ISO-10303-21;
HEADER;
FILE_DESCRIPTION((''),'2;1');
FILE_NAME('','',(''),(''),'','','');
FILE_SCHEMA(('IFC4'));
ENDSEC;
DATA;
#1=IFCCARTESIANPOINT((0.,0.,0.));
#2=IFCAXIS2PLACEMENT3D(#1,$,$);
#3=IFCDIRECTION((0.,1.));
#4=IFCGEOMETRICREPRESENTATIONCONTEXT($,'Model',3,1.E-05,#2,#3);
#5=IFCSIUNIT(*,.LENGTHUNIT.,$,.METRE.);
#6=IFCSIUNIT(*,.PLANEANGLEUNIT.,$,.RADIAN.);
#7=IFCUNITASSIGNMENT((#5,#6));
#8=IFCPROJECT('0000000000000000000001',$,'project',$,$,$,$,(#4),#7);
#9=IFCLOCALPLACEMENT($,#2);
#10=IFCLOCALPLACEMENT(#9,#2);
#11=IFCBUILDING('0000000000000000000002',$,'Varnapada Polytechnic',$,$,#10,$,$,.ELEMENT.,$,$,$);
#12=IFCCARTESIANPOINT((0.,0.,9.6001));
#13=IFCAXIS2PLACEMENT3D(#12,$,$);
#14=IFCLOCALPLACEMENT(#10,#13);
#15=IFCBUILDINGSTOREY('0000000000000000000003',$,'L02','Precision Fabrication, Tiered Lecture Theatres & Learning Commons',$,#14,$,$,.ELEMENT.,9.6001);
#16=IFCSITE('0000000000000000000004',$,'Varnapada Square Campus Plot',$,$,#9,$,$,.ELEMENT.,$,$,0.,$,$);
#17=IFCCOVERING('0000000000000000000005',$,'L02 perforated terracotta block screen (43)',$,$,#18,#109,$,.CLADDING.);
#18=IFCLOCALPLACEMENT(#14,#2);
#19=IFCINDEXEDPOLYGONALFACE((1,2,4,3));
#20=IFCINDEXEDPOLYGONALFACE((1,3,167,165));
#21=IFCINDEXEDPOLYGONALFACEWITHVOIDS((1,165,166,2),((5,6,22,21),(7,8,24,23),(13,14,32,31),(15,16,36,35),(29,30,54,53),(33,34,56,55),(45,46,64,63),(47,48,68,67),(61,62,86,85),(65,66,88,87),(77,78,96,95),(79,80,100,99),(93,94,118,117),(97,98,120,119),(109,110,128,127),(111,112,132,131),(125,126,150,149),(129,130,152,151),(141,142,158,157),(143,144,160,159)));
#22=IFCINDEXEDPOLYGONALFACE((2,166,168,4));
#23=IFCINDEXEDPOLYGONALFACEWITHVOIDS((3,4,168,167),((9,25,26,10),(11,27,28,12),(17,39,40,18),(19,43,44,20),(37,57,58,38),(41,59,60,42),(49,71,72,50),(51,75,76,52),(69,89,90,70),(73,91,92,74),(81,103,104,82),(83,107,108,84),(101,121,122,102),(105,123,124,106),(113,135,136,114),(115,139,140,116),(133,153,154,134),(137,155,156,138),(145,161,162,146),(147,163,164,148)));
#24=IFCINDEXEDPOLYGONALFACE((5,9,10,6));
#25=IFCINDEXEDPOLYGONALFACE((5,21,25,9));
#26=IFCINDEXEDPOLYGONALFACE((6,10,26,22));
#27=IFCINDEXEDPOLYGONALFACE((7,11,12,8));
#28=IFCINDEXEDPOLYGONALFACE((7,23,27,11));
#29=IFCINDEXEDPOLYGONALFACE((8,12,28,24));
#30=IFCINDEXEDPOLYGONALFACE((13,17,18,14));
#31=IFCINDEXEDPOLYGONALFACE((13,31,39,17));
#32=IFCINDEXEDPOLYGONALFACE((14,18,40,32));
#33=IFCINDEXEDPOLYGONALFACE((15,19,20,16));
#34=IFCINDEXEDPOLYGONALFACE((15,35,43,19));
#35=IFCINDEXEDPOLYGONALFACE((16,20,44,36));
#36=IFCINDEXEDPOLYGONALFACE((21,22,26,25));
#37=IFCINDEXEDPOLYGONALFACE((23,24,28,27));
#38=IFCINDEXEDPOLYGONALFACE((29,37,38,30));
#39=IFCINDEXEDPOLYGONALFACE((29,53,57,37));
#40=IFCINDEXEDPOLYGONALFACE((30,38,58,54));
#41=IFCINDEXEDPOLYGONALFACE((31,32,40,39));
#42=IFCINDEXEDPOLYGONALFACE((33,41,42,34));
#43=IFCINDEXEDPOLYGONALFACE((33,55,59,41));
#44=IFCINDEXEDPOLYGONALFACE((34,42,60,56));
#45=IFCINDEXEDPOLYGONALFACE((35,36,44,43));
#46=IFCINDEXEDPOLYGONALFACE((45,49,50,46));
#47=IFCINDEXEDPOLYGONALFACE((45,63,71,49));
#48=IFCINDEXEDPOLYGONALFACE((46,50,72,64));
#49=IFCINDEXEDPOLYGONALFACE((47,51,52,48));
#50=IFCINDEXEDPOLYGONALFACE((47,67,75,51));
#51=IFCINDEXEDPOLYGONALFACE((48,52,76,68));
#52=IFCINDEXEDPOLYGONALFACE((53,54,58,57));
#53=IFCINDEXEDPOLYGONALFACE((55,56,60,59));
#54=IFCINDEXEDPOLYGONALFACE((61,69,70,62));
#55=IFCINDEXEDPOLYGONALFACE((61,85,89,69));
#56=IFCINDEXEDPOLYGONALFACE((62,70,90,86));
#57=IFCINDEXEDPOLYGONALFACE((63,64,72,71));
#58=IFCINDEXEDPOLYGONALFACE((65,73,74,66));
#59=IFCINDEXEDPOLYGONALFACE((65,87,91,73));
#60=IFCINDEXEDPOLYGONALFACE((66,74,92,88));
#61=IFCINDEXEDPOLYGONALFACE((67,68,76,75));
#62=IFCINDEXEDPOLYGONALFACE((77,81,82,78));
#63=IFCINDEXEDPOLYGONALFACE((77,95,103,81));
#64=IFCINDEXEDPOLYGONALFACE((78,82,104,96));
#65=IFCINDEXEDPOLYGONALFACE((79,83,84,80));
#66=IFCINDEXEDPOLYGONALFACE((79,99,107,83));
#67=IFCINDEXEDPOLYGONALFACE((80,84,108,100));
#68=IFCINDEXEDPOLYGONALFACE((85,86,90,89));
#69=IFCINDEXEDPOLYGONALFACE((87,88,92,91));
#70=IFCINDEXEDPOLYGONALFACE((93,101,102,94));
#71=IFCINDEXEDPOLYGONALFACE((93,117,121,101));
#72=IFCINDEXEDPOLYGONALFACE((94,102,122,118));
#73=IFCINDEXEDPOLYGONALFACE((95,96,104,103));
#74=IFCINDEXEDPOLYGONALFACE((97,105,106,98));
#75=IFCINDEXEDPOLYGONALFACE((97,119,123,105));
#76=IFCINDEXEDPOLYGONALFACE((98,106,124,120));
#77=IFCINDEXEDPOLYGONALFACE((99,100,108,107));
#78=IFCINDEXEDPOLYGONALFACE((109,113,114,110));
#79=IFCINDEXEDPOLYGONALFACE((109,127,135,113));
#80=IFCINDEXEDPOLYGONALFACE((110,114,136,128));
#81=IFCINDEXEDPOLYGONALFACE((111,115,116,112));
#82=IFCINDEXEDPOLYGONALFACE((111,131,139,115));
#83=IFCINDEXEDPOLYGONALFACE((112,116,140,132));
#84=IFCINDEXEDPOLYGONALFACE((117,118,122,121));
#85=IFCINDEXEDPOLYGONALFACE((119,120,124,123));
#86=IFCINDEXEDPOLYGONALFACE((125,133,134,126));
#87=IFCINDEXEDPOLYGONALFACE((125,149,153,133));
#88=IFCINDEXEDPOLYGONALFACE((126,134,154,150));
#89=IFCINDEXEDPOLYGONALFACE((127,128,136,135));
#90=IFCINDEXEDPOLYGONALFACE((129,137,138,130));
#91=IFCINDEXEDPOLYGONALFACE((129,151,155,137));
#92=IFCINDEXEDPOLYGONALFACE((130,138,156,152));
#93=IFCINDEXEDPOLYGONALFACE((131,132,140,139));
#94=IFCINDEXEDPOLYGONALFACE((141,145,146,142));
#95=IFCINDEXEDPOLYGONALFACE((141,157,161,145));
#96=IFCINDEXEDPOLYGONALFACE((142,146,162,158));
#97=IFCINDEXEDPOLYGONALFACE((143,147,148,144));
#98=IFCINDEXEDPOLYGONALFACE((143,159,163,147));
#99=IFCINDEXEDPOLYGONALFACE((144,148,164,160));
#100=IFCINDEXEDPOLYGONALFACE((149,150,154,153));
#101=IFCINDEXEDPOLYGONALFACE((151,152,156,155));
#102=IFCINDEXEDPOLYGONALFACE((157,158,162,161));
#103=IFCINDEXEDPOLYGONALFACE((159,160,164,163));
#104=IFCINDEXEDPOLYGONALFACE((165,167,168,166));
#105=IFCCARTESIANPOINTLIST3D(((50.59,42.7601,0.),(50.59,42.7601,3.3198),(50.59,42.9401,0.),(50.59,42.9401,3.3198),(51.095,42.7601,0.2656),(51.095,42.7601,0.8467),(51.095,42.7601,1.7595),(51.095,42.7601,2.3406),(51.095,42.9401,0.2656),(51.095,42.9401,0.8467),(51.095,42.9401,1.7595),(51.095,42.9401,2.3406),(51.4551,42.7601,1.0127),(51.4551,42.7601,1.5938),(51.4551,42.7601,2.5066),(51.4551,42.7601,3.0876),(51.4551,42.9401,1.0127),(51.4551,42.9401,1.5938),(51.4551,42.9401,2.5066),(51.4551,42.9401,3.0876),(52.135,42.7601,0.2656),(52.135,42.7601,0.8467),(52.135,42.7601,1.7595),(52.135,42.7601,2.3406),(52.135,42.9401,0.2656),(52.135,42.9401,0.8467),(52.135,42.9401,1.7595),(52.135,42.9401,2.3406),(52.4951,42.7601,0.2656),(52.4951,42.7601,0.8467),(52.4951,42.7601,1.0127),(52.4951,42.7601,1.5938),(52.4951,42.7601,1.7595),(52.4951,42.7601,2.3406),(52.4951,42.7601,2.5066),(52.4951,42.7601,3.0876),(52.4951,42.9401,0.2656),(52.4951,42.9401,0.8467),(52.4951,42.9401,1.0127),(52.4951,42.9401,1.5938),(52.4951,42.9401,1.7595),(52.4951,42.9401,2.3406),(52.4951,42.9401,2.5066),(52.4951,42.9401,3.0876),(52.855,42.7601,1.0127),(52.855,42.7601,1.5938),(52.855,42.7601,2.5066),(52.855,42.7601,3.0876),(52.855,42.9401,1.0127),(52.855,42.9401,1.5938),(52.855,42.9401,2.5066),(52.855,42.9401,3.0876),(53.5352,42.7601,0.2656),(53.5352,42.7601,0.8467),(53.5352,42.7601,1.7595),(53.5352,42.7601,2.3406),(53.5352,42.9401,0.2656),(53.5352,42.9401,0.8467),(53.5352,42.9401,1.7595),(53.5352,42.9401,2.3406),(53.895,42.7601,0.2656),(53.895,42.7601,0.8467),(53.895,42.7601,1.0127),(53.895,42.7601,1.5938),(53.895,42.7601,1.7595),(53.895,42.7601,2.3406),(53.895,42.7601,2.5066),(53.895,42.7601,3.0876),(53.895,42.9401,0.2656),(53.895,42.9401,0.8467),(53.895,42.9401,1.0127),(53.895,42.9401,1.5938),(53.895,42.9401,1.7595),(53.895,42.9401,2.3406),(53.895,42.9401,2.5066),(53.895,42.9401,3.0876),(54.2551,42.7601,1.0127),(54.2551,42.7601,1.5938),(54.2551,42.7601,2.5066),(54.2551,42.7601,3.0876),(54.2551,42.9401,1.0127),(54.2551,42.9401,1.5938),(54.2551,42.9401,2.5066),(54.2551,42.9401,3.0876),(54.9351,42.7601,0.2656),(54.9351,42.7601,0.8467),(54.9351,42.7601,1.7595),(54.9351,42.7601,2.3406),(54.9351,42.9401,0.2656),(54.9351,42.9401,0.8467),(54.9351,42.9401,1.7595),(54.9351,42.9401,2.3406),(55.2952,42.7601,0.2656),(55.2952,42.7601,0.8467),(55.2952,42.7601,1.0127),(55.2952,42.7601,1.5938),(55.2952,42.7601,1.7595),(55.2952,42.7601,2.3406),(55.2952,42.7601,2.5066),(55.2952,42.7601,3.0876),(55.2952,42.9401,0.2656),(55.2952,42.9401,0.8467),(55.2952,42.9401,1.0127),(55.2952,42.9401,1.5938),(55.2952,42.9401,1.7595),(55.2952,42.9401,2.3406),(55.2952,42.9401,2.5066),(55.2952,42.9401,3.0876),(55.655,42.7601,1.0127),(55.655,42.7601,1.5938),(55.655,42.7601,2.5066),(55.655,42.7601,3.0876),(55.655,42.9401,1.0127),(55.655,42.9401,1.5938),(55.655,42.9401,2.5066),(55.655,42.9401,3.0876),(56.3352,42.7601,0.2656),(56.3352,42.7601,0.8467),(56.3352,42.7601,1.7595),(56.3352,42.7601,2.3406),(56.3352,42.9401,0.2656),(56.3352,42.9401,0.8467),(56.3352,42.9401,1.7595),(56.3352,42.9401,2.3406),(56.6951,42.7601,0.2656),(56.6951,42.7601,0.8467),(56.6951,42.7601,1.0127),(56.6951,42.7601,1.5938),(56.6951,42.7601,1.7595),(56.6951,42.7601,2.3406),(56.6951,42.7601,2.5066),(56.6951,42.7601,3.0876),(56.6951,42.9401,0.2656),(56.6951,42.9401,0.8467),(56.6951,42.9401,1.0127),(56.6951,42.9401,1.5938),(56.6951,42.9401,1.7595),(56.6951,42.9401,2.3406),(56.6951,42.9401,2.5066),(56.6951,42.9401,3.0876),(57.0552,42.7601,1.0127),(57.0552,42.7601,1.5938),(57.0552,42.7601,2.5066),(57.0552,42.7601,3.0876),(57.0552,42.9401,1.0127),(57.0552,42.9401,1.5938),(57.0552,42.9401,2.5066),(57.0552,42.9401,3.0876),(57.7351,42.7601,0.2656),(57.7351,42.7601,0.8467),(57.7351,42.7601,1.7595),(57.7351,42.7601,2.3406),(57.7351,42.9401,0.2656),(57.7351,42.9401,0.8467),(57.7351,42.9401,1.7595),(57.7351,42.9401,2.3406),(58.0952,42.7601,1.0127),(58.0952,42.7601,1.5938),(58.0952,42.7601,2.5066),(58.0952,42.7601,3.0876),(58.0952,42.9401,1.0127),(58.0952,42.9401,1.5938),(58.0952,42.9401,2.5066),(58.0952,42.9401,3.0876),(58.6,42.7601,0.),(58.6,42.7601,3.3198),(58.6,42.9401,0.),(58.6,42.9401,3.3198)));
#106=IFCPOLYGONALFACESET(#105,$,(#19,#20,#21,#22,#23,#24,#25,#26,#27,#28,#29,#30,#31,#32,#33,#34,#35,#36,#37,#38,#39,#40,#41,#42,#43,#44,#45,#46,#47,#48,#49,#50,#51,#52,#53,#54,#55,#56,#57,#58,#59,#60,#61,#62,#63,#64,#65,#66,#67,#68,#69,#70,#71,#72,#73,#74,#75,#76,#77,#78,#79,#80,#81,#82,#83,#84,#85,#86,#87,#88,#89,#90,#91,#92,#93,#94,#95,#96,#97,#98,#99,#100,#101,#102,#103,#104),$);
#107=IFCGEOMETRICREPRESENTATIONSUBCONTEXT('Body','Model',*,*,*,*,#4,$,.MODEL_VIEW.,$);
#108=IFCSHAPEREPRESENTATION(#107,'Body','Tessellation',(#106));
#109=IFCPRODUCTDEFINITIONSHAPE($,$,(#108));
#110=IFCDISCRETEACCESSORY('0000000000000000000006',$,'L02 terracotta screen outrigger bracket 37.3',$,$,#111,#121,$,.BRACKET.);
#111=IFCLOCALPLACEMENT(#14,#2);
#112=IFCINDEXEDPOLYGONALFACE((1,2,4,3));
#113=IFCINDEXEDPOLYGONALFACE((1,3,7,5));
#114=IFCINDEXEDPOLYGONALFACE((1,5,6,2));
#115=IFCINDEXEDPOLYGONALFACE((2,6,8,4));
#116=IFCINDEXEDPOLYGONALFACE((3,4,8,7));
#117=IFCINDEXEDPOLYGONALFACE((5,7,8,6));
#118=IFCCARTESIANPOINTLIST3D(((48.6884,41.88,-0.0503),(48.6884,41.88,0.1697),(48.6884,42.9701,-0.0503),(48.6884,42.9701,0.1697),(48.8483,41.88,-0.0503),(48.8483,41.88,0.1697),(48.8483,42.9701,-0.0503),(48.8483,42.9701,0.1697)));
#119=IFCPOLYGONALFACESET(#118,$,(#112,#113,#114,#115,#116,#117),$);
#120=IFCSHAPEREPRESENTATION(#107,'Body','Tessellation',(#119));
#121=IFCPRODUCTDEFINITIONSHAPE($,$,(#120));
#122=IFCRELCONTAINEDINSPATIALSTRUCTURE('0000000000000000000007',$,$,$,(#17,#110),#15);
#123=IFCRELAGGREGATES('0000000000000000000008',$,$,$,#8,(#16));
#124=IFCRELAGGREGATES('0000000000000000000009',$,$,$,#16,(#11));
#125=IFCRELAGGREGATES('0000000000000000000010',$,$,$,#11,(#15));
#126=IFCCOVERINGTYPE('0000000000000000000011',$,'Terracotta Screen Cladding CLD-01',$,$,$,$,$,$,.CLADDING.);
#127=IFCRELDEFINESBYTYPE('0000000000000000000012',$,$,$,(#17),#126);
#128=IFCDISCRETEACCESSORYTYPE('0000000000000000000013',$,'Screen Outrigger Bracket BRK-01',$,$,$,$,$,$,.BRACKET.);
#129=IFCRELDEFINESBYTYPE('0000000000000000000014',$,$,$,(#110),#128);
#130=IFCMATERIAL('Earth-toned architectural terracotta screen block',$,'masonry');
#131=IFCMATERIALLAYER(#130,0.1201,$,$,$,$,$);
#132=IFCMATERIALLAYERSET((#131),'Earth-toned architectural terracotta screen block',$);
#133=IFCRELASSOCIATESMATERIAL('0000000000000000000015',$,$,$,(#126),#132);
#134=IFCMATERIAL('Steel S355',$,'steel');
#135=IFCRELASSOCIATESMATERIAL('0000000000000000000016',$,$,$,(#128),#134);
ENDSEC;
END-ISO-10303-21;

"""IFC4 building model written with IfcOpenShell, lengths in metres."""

from ifc_helpers import new_model, si_unit, direction, frame, frame_2d, origin, origin_2d, place, context, subcontext, project, spatial, rectangle, extrude, material, layer, layer_set, type_object, element, save


model = new_model("IFC4")

# Units and contexts
model_context = context("Model", 3, precision=1e-05, world=origin(), true_north=direction((0.0, 1.0)))
body_context = subcontext(model_context, "Body", "Model", "MODEL_VIEW")
ifc_project = project(units=[si_unit("LENGTHUNIT", "METRE"), si_unit("PLANEANGLEUNIT", "RADIAN")], contexts=[model_context])

# Site, building, storey
site_placement = place(None, origin())
site = spatial("IfcSite", under=ifc_project, at=site_placement, Name="Varnapada Square Campus Plot", CompositionType="ELEMENT", RefElevation=0.0)
building_placement = place(site_placement, origin())
building = spatial("IfcBuilding", under=site, at=building_placement, Name="Varnapada Polytechnic", CompositionType="ELEMENT")
storey_placement = place(building_placement, frame((0.0, 0.0, 9.6001)))
storey = spatial("IfcBuildingStorey", under=building, at=storey_placement, Name="L02", Description="Precision Fabrication, Tiered Lecture Theatres & Learning Commons", CompositionType="ELEMENT", Elevation=9.6001)

# Covering, openings
ifc_material_1 = material(Name="Earth-toned architectural terracotta screen block", Category="masonry")
ifc_layer_1 = layer(ifc_material_1, 0.1201)
ifc_layer_set_1 = layer_set([ifc_layer_1], Name="Earth-toned architectural terracotta screen block")
covering_type = type_object("IfcCoveringType", Name="Terracotta Screen Cladding CLD-01", PredefinedType="CLADDING", material=ifc_layer_set_1)
covering_placement = place(storey_placement, frame((50.5901, 42.8501, 0.0), z_axis=(0.0, 0.0, 1.0), x_axis=(1.0, 0.0, 0.0)))
covering = element("IfcCovering", 1, at=covering_placement, inside=storey, type_object=covering_type, Name="L02 perforated terracotta block screen (43)", PredefinedType="CLADDING", context=body_context, shape_type="SweptSolid", body=[
    extrude(rectangle(XDim=8.01, YDim=0.1799, at=frame_2d((4.0049, 0.0))), origin(), (0.0, 0.0, 1.0), 3.3198),
])
opening_1_placement = place(covering_placement, frame((0.5049, 0.0, 0.2656)))
element("IfcOpeningElement", 2, at=opening_1_placement, cuts=covering, PredefinedType="OPENING", context=body_context, shape_type="SweptSolid", body=[
    extrude(rectangle(XDim=1.04, YDim=0.5811, at=frame_2d((0.52, 0.2905))), frame((0.0, 0.0999, 0.0), z_axis=(0.0, -1.0, 0.0), x_axis=(1.0, 0.0, 0.0)), (0.0, 0.0, 1.0), 0.2),
])
opening_2_placement = place(covering_placement, frame((1.905, 0.0, 0.2656)))
element("IfcOpeningElement", 3, at=opening_2_placement, cuts=covering, PredefinedType="OPENING", context=body_context, shape_type="SweptSolid", body=[
    extrude(rectangle(XDim=1.04, YDim=0.5811, at=frame_2d((0.52, 0.2905))), frame((0.0, 0.0999, 0.0), z_axis=(0.0, -1.0, 0.0), x_axis=(1.0, 0.0, 0.0)), (0.0, 0.0, 1.0), 0.2),
])
opening_3_placement = place(covering_placement, frame((3.3049, 0.0, 0.2656)))
element("IfcOpeningElement", 4, at=opening_3_placement, cuts=covering, PredefinedType="OPENING", context=body_context, shape_type="SweptSolid", body=[
    extrude(rectangle(XDim=1.04, YDim=0.5811, at=frame_2d((0.52, 0.2905))), frame((0.0, 0.0999, 0.0), z_axis=(0.0, -1.0, 0.0), x_axis=(1.0, 0.0, 0.0)), (0.0, 0.0, 1.0), 0.2),
])
opening_4_placement = place(covering_placement, frame((4.7051, 0.0, 0.2656)))
element("IfcOpeningElement", 5, at=opening_4_placement, cuts=covering, PredefinedType="OPENING", context=body_context, shape_type="SweptSolid", body=[
    extrude(rectangle(XDim=1.04, YDim=0.5811, at=frame_2d((0.52, 0.2905))), frame((0.0, 0.0999, 0.0), z_axis=(0.0, -1.0, 0.0), x_axis=(1.0, 0.0, 0.0)), (0.0, 0.0, 1.0), 0.2),
])
opening_5_placement = place(covering_placement, frame((6.105, 0.0, 0.2656)))
element("IfcOpeningElement", 6, at=opening_5_placement, cuts=covering, PredefinedType="OPENING", context=body_context, shape_type="SweptSolid", body=[
    extrude(rectangle(XDim=1.04, YDim=0.5811, at=frame_2d((0.52, 0.2905))), frame((0.0, 0.0999, 0.0), z_axis=(0.0, -1.0, 0.0), x_axis=(1.0, 0.0, 0.0)), (0.0, 0.0, 1.0), 0.2),
])
opening_6_placement = place(covering_placement, frame((0.865, 0.0, 1.0127)))
element("IfcOpeningElement", 7, at=opening_6_placement, cuts=covering, PredefinedType="OPENING", context=body_context, shape_type="SweptSolid", body=[
    extrude(rectangle(XDim=1.04, YDim=0.5811, at=frame_2d((0.52, 0.2905))), frame((0.0, 0.0999, 0.0), z_axis=(0.0, -1.0, 0.0), x_axis=(1.0, 0.0, 0.0)), (0.0, 0.0, 1.0), 0.2),
])
opening_7_placement = place(covering_placement, frame((2.2649, 0.0, 1.0127)))
element("IfcOpeningElement", 8, at=opening_7_placement, cuts=covering, PredefinedType="OPENING", context=body_context, shape_type="SweptSolid", body=[
    extrude(rectangle(XDim=1.04, YDim=0.5811, at=frame_2d((0.52, 0.2905))), frame((0.0, 0.0999, 0.0), z_axis=(0.0, -1.0, 0.0), x_axis=(1.0, 0.0, 0.0)), (0.0, 0.0, 1.0), 0.2),
])
opening_8_placement = place(covering_placement, frame((3.665, 0.0, 1.0127)))
element("IfcOpeningElement", 9, at=opening_8_placement, cuts=covering, PredefinedType="OPENING", context=body_context, shape_type="SweptSolid", body=[
    extrude(rectangle(XDim=1.04, YDim=0.5811, at=frame_2d((0.52, 0.2905))), frame((0.0, 0.0999, 0.0), z_axis=(0.0, -1.0, 0.0), x_axis=(1.0, 0.0, 0.0)), (0.0, 0.0, 1.0), 0.2),
])
opening_9_placement = place(covering_placement, frame((5.0649, 0.0, 1.0127)))
element("IfcOpeningElement", 10, at=opening_9_placement, cuts=covering, PredefinedType="OPENING", context=body_context, shape_type="SweptSolid", body=[
    extrude(rectangle(XDim=1.04, YDim=0.5811, at=frame_2d((0.52, 0.2905))), frame((0.0, 0.0999, 0.0), z_axis=(0.0, -1.0, 0.0), x_axis=(1.0, 0.0, 0.0)), (0.0, 0.0, 1.0), 0.2),
])
opening_10_placement = place(covering_placement, frame((6.4651, 0.0, 1.0127)))
element("IfcOpeningElement", 11, at=opening_10_placement, cuts=covering, PredefinedType="OPENING", context=body_context, shape_type="SweptSolid", body=[
    extrude(rectangle(XDim=1.04, YDim=0.5811, at=frame_2d((0.52, 0.2905))), frame((0.0, 0.0999, 0.0), z_axis=(0.0, -1.0, 0.0), x_axis=(1.0, 0.0, 0.0)), (0.0, 0.0, 1.0), 0.2),
])
opening_11_placement = place(covering_placement, frame((0.5049, 0.0, 1.7595)))
element("IfcOpeningElement", 12, at=opening_11_placement, cuts=covering, PredefinedType="OPENING", context=body_context, shape_type="SweptSolid", body=[
    extrude(rectangle(XDim=1.04, YDim=0.5811, at=frame_2d((0.52, 0.2905))), frame((0.0, 0.0999, 0.0), z_axis=(0.0, -1.0, 0.0), x_axis=(1.0, 0.0, 0.0)), (0.0, 0.0, 1.0), 0.2),
])
opening_12_placement = place(covering_placement, frame((1.905, 0.0, 1.7595)))
element("IfcOpeningElement", 13, at=opening_12_placement, cuts=covering, PredefinedType="OPENING", context=body_context, shape_type="SweptSolid", body=[
    extrude(rectangle(XDim=1.04, YDim=0.5811, at=frame_2d((0.52, 0.2905))), frame((0.0, 0.0999, 0.0), z_axis=(0.0, -1.0, 0.0), x_axis=(1.0, 0.0, 0.0)), (0.0, 0.0, 1.0), 0.2),
])
opening_13_placement = place(covering_placement, frame((3.3049, 0.0, 1.7595)))
element("IfcOpeningElement", 14, at=opening_13_placement, cuts=covering, PredefinedType="OPENING", context=body_context, shape_type="SweptSolid", body=[
    extrude(rectangle(XDim=1.04, YDim=0.5811, at=frame_2d((0.52, 0.2905))), frame((0.0, 0.0999, 0.0), z_axis=(0.0, -1.0, 0.0), x_axis=(1.0, 0.0, 0.0)), (0.0, 0.0, 1.0), 0.2),
])
opening_14_placement = place(covering_placement, frame((4.7051, 0.0, 1.7595)))
element("IfcOpeningElement", 15, at=opening_14_placement, cuts=covering, PredefinedType="OPENING", context=body_context, shape_type="SweptSolid", body=[
    extrude(rectangle(XDim=1.04, YDim=0.5811, at=frame_2d((0.52, 0.2905))), frame((0.0, 0.0999, 0.0), z_axis=(0.0, -1.0, 0.0), x_axis=(1.0, 0.0, 0.0)), (0.0, 0.0, 1.0), 0.2),
])
opening_15_placement = place(covering_placement, frame((6.105, 0.0, 1.7595)))
element("IfcOpeningElement", 16, at=opening_15_placement, cuts=covering, PredefinedType="OPENING", context=body_context, shape_type="SweptSolid", body=[
    extrude(rectangle(XDim=1.04, YDim=0.5811, at=frame_2d((0.52, 0.2905))), frame((0.0, 0.0999, 0.0), z_axis=(0.0, -1.0, 0.0), x_axis=(1.0, 0.0, 0.0)), (0.0, 0.0, 1.0), 0.2),
])
opening_16_placement = place(covering_placement, frame((0.865, 0.0, 2.5066)))
element("IfcOpeningElement", 17, at=opening_16_placement, cuts=covering, PredefinedType="OPENING", context=body_context, shape_type="SweptSolid", body=[
    extrude(rectangle(XDim=1.04, YDim=0.5811, at=frame_2d((0.52, 0.2905))), frame((0.0, 0.0999, 0.0), z_axis=(0.0, -1.0, 0.0), x_axis=(1.0, 0.0, 0.0)), (0.0, 0.0, 1.0), 0.2),
])
opening_17_placement = place(covering_placement, frame((2.2649, 0.0, 2.5066)))
element("IfcOpeningElement", 18, at=opening_17_placement, cuts=covering, PredefinedType="OPENING", context=body_context, shape_type="SweptSolid", body=[
    extrude(rectangle(XDim=1.04, YDim=0.5811, at=frame_2d((0.52, 0.2905))), frame((0.0, 0.0999, 0.0), z_axis=(0.0, -1.0, 0.0), x_axis=(1.0, 0.0, 0.0)), (0.0, 0.0, 1.0), 0.2),
])
opening_18_placement = place(covering_placement, frame((3.665, 0.0, 2.5066)))
element("IfcOpeningElement", 19, at=opening_18_placement, cuts=covering, PredefinedType="OPENING", context=body_context, shape_type="SweptSolid", body=[
    extrude(rectangle(XDim=1.04, YDim=0.5811, at=frame_2d((0.52, 0.2905))), frame((0.0, 0.0999, 0.0), z_axis=(0.0, -1.0, 0.0), x_axis=(1.0, 0.0, 0.0)), (0.0, 0.0, 1.0), 0.2),
])
opening_19_placement = place(covering_placement, frame((5.0649, 0.0, 2.5066)))
element("IfcOpeningElement", 20, at=opening_19_placement, cuts=covering, PredefinedType="OPENING", context=body_context, shape_type="SweptSolid", body=[
    extrude(rectangle(XDim=1.04, YDim=0.5811, at=frame_2d((0.52, 0.2905))), frame((0.0, 0.0999, 0.0), z_axis=(0.0, -1.0, 0.0), x_axis=(1.0, 0.0, 0.0)), (0.0, 0.0, 1.0), 0.2),
])
opening_20_placement = place(covering_placement, frame((6.4651, 0.0, 2.5066)))
element("IfcOpeningElement", 21, at=opening_20_placement, cuts=covering, PredefinedType="OPENING", context=body_context, shape_type="SweptSolid", body=[
    extrude(rectangle(XDim=1.04, YDim=0.5811, at=frame_2d((0.52, 0.2905))), frame((0.0, 0.0999, 0.0), z_axis=(0.0, -1.0, 0.0), x_axis=(1.0, 0.0, 0.0)), (0.0, 0.0, 1.0), 0.2),
])

# Discrete accessory
ifc_material_2 = material(Name="Steel S355", Category="steel")
discrete_accessory_type = type_object("IfcDiscreteAccessoryType", Name="Screen Outrigger Bracket BRK-01", PredefinedType="BRACKET", material=ifc_material_2)
for number, where, z_axis, x_axis, name in (
    (22, (48.7683, 42.425, -0.0503), (0.0, 0.0, 1.0), (1.0, 0.0, 0.0), "L02 terracotta screen outrigger bracket 37.3"),
):
    element("IfcDiscreteAccessory", number, at=place(storey_placement, frame(where, z_axis=z_axis, x_axis=x_axis)), inside=storey, type_object=discrete_accessory_type, Name=name, PredefinedType="BRACKET", context=body_context, shape_type="SweptSolid", body=[
        extrude(rectangle(XDim=0.1599, YDim=1.0901, at=origin_2d()), origin(), (0.0, 0.0, 1.0), 0.22),
    ])

save(model, "model.ifc")
